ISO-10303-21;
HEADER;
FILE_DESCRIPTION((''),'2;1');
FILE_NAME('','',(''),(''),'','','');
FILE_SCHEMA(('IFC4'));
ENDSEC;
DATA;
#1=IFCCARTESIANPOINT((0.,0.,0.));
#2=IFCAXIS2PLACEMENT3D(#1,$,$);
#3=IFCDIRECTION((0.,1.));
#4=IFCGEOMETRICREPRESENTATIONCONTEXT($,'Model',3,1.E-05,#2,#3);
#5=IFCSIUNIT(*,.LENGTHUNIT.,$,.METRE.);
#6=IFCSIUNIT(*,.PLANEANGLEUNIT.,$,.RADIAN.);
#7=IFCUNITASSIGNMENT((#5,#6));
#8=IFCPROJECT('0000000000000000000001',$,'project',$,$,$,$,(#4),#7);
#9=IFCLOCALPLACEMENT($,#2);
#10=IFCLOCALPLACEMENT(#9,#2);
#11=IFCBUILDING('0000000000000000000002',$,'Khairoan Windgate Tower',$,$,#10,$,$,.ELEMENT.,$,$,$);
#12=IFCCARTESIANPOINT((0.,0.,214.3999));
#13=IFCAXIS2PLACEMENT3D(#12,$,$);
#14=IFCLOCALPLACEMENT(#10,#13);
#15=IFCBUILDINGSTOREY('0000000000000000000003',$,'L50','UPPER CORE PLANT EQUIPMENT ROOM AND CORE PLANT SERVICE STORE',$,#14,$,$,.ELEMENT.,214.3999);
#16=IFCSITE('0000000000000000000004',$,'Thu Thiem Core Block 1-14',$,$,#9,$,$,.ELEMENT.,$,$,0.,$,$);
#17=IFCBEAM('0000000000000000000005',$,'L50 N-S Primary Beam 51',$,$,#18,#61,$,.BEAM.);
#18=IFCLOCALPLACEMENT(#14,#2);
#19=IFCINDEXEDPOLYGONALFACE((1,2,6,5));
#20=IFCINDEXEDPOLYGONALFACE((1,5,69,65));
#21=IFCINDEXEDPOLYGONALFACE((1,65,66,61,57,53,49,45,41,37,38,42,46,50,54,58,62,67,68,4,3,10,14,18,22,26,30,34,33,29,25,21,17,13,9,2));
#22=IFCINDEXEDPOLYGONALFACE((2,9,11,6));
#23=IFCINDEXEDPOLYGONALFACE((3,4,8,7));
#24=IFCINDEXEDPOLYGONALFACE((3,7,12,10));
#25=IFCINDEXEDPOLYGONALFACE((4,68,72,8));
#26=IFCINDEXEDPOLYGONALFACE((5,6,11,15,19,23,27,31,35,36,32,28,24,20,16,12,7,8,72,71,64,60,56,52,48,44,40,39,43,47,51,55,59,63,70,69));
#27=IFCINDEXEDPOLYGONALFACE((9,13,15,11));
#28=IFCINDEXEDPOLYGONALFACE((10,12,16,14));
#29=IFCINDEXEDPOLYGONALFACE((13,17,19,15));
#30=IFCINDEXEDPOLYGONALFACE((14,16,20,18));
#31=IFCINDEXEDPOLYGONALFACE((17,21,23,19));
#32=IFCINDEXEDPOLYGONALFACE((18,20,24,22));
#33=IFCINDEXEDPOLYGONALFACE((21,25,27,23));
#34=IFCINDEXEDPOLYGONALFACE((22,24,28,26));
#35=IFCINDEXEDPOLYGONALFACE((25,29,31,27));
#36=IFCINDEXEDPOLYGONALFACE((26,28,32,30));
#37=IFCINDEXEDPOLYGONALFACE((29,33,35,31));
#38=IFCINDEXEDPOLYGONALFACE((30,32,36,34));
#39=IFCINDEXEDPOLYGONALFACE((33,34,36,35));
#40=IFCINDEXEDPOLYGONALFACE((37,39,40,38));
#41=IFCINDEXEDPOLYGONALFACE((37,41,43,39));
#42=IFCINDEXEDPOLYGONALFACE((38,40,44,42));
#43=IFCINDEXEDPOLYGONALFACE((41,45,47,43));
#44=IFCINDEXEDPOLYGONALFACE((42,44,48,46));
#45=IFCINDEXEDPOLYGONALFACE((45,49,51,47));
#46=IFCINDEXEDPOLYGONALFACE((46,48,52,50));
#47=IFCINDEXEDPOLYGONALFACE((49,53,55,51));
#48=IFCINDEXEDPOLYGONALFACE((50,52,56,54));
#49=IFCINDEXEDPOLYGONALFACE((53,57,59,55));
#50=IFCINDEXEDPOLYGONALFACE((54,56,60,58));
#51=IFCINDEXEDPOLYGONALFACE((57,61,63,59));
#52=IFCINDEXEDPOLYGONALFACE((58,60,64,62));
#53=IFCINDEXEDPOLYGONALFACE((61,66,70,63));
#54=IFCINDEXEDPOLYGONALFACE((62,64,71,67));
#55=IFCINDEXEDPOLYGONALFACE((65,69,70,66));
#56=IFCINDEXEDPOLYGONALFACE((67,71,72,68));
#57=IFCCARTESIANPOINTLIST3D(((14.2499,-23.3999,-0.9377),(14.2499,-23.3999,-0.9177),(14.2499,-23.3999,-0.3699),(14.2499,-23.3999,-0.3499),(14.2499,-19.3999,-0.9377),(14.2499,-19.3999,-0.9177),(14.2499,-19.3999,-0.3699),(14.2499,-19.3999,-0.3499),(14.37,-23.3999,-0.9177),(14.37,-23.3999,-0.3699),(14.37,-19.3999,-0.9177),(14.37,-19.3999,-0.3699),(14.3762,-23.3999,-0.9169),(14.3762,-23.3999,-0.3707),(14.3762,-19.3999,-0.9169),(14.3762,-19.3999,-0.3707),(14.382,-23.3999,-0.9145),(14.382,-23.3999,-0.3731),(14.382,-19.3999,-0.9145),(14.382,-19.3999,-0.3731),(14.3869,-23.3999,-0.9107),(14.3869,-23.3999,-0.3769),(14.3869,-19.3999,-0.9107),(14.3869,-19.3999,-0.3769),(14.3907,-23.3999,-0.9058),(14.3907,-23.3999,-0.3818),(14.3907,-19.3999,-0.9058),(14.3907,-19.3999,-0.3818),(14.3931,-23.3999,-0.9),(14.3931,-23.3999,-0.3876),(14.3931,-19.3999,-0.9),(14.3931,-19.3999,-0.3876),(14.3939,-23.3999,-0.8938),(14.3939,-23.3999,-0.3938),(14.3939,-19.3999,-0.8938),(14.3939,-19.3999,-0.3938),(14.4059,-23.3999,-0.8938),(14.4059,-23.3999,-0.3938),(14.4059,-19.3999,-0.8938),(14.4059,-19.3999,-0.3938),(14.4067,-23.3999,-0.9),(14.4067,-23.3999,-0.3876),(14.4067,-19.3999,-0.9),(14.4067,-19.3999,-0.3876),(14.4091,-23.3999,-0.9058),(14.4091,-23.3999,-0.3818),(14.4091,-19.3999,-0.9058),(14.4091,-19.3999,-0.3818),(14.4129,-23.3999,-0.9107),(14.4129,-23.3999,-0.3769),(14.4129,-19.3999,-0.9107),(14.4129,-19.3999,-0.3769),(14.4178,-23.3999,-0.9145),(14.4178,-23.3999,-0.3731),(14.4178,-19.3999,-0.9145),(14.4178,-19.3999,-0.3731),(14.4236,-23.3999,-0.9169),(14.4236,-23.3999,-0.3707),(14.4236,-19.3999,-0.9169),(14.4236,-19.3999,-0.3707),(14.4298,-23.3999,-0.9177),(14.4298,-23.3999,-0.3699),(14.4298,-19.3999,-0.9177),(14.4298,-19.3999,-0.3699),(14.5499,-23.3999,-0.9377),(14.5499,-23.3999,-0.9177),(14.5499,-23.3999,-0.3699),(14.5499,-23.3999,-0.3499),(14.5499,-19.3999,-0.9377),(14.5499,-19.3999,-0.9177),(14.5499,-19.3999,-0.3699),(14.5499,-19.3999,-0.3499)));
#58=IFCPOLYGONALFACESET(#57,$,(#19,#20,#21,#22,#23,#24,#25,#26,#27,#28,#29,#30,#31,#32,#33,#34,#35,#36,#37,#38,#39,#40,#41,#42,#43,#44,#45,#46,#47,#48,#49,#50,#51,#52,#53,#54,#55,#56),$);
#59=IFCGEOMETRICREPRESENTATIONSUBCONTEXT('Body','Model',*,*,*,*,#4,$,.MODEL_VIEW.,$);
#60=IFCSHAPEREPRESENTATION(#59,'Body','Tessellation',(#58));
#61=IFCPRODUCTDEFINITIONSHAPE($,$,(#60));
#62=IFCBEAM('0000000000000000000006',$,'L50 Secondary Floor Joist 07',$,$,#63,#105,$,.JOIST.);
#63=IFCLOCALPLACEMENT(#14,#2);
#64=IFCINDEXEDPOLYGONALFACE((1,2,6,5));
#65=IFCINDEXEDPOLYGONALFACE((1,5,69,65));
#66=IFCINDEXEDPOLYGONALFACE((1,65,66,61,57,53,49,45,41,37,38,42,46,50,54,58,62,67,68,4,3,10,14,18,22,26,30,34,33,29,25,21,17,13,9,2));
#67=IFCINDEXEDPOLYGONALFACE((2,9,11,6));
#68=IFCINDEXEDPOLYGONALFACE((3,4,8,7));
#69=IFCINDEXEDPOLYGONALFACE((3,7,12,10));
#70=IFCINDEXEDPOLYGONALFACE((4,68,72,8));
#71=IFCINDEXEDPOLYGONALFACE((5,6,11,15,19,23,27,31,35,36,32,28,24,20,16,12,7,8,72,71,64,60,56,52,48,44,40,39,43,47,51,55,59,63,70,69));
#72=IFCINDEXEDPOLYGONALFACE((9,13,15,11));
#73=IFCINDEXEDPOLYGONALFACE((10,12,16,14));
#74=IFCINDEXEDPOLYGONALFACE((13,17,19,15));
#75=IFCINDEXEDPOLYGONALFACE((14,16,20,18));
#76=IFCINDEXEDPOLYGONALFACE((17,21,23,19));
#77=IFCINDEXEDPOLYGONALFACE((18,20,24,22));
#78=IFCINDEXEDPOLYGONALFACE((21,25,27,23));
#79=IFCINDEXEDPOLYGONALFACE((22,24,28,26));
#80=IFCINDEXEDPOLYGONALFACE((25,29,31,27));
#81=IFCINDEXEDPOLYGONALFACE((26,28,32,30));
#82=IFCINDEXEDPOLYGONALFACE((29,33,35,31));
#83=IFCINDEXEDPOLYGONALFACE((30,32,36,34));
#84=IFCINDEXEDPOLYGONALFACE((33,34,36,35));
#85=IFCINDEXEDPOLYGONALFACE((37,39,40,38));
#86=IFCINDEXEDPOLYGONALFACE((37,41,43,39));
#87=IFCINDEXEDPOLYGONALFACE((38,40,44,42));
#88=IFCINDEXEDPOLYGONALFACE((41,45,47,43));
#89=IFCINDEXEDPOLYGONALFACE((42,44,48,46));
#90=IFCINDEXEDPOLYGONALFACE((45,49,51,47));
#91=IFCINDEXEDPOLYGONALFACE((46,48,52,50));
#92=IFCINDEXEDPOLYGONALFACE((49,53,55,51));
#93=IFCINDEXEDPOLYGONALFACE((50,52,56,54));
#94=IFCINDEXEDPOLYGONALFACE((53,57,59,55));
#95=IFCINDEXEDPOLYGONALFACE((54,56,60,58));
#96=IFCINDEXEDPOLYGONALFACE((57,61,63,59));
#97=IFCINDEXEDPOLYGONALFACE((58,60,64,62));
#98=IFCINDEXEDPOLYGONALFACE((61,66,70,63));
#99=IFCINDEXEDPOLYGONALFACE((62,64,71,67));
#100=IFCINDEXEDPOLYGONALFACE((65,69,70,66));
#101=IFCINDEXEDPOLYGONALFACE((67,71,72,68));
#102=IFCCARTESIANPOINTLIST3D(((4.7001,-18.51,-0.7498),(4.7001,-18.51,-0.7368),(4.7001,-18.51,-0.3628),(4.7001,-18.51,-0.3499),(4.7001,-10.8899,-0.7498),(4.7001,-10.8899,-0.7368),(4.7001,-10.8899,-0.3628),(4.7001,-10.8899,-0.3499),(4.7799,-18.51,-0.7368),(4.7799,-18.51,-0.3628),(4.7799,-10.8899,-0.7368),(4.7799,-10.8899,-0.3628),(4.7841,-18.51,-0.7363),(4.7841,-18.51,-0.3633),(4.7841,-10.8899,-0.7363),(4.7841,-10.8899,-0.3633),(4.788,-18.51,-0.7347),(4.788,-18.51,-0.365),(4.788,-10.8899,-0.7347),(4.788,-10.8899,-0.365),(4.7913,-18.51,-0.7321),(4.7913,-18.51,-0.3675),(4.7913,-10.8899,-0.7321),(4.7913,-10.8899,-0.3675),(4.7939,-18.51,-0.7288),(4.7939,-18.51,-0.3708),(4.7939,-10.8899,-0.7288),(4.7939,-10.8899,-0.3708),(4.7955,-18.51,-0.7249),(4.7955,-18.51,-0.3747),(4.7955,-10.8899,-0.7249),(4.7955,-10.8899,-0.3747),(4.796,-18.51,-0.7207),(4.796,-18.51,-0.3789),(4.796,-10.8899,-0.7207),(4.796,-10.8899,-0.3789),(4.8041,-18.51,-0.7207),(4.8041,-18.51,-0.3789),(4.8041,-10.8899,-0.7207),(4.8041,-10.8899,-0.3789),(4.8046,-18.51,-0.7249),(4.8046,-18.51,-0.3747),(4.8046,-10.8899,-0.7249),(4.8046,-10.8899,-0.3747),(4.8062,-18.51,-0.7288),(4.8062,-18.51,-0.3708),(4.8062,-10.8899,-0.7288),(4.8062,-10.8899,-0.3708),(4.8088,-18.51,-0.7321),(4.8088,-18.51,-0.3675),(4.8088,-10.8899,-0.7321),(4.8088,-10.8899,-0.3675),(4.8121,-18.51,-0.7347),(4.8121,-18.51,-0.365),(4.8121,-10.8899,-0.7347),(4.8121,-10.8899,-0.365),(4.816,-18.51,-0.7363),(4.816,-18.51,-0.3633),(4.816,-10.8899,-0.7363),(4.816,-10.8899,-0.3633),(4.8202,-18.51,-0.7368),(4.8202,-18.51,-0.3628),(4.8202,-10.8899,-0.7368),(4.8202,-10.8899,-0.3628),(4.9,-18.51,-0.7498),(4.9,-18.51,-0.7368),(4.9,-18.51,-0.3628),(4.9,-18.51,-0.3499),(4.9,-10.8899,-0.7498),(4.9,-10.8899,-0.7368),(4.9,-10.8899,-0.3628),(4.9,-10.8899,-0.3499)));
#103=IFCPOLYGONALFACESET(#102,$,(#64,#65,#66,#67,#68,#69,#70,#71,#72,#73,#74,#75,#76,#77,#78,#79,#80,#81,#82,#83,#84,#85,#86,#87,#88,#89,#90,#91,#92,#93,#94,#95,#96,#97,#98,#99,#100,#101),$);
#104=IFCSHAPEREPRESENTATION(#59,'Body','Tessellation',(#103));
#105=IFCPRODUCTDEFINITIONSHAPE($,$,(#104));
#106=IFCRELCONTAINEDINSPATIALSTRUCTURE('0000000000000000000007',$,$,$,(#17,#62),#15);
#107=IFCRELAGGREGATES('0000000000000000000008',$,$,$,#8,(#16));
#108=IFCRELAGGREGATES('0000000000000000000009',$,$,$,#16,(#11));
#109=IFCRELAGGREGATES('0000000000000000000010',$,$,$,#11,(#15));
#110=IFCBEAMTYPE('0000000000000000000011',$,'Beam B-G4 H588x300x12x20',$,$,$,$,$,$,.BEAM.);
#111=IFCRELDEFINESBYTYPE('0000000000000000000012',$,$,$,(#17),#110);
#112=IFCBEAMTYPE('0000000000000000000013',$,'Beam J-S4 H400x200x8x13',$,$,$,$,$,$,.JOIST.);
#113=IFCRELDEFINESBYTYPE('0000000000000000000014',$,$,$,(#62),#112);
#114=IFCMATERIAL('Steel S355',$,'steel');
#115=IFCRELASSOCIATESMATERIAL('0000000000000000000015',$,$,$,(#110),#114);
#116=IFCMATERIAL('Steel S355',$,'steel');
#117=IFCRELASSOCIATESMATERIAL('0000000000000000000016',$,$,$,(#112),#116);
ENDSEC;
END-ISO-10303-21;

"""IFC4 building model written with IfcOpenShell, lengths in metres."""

from ifc_helpers import new_model, si_unit, direction, frame, origin, origin_2d, place, context, subcontext, project, spatial, i_section, extrude, material, material_profile, profile_set, type_object, element, save


model = new_model("IFC4")

# Units and contexts
model_context = context("Model", 3, precision=1e-05, world=origin(), true_north=direction((0.0, 1.0)))
body_context = subcontext(model_context, "Body", "Model", "MODEL_VIEW")
ifc_project = project(units=[si_unit("LENGTHUNIT", "METRE"), si_unit("PLANEANGLEUNIT", "RADIAN")], contexts=[model_context])

# Site, building, storey
site_placement = place(None, origin())
site = spatial("IfcSite", under=ifc_project, at=site_placement, Name="Thu Thiem Core Block 1-14", CompositionType="ELEMENT", RefElevation=0.0)
building_placement = place(site_placement, origin())
building = spatial("IfcBuilding", under=site, at=building_placement, Name="Khairoan Windgate Tower", CompositionType="ELEMENT")
storey_placement = place(building_placement, frame((0.0, 0.0, 214.3999)))
storey = spatial("IfcBuildingStorey", under=building, at=storey_placement, Name="L50", Description="UPPER CORE PLANT EQUIPMENT ROOM AND CORE PLANT SERVICE STORE", CompositionType="ELEMENT", Elevation=214.3999)

# Beams
ifc_material_1 = material(Name="Steel S355", Category="steel")
ifc_material_profile_1 = material_profile(ifc_material_1, i_section(OverallWidth=0.3, OverallDepth=0.5879, WebThickness=0.012, FlangeThickness=0.02, FilletRadius=0.0239, at=origin_2d()))
ifc_profile_set_1 = profile_set([ifc_material_profile_1], Name="Steel S355")
beam_type_1 = type_object("IfcBeamType", Name="Beam B-G4 H588x300x12x20", PredefinedType="BEAM", material=ifc_profile_set_1)
beam_1_placement = place(storey_placement, frame((14.3999, -23.3999, -0.6438), z_axis=(0.0, 1.0, 0.0), x_axis=(-1.0, 0.0, 0.0)))
element("IfcBeam", 1, at=beam_1_placement, inside=storey, type_object=beam_type_1, Name="L50 N-S Primary Beam 51", PredefinedType="BEAM", context=body_context, shape_type="SweptSolid", body=[
    extrude(i_section(OverallWidth=0.3, OverallDepth=0.5879, WebThickness=0.012, FlangeThickness=0.02, FilletRadius=0.0239, at=origin_2d()), origin(), (0.0, 0.0, 1.0), 4.0),
])
ifc_material_2 = material(Name="Steel S355", Category="steel")
ifc_material_profile_2 = material_profile(ifc_material_2, i_section(OverallWidth=0.2, OverallDepth=0.3999, WebThickness=0.0081, FlangeThickness=0.0129, FilletRadius=0.0161, at=origin_2d()))
ifc_profile_set_2 = profile_set([ifc_material_profile_2], Name="Steel S355")
beam_type_2 = type_object("IfcBeamType", Name="Beam J-S4 H400x200x8x13", PredefinedType="JOIST", material=ifc_profile_set_2)
beam_2_placement = place(storey_placement, frame((4.8, -18.51, -0.5498), z_axis=(0.0, 1.0, 0.0), x_axis=(-1.0, 0.0, 0.0)))
element("IfcBeam", 2, at=beam_2_placement, inside=storey, type_object=beam_type_2, Name="L50 Secondary Floor Joist 07", PredefinedType="JOIST", context=body_context, shape_type="SweptSolid", body=[
    extrude(i_section(OverallWidth=0.2, OverallDepth=0.3999, WebThickness=0.0081, FlangeThickness=0.0129, FilletRadius=0.0161, at=origin_2d()), origin(), (0.0, 0.0, 1.0), 7.6201),
])

save(model, "model.ifc")
